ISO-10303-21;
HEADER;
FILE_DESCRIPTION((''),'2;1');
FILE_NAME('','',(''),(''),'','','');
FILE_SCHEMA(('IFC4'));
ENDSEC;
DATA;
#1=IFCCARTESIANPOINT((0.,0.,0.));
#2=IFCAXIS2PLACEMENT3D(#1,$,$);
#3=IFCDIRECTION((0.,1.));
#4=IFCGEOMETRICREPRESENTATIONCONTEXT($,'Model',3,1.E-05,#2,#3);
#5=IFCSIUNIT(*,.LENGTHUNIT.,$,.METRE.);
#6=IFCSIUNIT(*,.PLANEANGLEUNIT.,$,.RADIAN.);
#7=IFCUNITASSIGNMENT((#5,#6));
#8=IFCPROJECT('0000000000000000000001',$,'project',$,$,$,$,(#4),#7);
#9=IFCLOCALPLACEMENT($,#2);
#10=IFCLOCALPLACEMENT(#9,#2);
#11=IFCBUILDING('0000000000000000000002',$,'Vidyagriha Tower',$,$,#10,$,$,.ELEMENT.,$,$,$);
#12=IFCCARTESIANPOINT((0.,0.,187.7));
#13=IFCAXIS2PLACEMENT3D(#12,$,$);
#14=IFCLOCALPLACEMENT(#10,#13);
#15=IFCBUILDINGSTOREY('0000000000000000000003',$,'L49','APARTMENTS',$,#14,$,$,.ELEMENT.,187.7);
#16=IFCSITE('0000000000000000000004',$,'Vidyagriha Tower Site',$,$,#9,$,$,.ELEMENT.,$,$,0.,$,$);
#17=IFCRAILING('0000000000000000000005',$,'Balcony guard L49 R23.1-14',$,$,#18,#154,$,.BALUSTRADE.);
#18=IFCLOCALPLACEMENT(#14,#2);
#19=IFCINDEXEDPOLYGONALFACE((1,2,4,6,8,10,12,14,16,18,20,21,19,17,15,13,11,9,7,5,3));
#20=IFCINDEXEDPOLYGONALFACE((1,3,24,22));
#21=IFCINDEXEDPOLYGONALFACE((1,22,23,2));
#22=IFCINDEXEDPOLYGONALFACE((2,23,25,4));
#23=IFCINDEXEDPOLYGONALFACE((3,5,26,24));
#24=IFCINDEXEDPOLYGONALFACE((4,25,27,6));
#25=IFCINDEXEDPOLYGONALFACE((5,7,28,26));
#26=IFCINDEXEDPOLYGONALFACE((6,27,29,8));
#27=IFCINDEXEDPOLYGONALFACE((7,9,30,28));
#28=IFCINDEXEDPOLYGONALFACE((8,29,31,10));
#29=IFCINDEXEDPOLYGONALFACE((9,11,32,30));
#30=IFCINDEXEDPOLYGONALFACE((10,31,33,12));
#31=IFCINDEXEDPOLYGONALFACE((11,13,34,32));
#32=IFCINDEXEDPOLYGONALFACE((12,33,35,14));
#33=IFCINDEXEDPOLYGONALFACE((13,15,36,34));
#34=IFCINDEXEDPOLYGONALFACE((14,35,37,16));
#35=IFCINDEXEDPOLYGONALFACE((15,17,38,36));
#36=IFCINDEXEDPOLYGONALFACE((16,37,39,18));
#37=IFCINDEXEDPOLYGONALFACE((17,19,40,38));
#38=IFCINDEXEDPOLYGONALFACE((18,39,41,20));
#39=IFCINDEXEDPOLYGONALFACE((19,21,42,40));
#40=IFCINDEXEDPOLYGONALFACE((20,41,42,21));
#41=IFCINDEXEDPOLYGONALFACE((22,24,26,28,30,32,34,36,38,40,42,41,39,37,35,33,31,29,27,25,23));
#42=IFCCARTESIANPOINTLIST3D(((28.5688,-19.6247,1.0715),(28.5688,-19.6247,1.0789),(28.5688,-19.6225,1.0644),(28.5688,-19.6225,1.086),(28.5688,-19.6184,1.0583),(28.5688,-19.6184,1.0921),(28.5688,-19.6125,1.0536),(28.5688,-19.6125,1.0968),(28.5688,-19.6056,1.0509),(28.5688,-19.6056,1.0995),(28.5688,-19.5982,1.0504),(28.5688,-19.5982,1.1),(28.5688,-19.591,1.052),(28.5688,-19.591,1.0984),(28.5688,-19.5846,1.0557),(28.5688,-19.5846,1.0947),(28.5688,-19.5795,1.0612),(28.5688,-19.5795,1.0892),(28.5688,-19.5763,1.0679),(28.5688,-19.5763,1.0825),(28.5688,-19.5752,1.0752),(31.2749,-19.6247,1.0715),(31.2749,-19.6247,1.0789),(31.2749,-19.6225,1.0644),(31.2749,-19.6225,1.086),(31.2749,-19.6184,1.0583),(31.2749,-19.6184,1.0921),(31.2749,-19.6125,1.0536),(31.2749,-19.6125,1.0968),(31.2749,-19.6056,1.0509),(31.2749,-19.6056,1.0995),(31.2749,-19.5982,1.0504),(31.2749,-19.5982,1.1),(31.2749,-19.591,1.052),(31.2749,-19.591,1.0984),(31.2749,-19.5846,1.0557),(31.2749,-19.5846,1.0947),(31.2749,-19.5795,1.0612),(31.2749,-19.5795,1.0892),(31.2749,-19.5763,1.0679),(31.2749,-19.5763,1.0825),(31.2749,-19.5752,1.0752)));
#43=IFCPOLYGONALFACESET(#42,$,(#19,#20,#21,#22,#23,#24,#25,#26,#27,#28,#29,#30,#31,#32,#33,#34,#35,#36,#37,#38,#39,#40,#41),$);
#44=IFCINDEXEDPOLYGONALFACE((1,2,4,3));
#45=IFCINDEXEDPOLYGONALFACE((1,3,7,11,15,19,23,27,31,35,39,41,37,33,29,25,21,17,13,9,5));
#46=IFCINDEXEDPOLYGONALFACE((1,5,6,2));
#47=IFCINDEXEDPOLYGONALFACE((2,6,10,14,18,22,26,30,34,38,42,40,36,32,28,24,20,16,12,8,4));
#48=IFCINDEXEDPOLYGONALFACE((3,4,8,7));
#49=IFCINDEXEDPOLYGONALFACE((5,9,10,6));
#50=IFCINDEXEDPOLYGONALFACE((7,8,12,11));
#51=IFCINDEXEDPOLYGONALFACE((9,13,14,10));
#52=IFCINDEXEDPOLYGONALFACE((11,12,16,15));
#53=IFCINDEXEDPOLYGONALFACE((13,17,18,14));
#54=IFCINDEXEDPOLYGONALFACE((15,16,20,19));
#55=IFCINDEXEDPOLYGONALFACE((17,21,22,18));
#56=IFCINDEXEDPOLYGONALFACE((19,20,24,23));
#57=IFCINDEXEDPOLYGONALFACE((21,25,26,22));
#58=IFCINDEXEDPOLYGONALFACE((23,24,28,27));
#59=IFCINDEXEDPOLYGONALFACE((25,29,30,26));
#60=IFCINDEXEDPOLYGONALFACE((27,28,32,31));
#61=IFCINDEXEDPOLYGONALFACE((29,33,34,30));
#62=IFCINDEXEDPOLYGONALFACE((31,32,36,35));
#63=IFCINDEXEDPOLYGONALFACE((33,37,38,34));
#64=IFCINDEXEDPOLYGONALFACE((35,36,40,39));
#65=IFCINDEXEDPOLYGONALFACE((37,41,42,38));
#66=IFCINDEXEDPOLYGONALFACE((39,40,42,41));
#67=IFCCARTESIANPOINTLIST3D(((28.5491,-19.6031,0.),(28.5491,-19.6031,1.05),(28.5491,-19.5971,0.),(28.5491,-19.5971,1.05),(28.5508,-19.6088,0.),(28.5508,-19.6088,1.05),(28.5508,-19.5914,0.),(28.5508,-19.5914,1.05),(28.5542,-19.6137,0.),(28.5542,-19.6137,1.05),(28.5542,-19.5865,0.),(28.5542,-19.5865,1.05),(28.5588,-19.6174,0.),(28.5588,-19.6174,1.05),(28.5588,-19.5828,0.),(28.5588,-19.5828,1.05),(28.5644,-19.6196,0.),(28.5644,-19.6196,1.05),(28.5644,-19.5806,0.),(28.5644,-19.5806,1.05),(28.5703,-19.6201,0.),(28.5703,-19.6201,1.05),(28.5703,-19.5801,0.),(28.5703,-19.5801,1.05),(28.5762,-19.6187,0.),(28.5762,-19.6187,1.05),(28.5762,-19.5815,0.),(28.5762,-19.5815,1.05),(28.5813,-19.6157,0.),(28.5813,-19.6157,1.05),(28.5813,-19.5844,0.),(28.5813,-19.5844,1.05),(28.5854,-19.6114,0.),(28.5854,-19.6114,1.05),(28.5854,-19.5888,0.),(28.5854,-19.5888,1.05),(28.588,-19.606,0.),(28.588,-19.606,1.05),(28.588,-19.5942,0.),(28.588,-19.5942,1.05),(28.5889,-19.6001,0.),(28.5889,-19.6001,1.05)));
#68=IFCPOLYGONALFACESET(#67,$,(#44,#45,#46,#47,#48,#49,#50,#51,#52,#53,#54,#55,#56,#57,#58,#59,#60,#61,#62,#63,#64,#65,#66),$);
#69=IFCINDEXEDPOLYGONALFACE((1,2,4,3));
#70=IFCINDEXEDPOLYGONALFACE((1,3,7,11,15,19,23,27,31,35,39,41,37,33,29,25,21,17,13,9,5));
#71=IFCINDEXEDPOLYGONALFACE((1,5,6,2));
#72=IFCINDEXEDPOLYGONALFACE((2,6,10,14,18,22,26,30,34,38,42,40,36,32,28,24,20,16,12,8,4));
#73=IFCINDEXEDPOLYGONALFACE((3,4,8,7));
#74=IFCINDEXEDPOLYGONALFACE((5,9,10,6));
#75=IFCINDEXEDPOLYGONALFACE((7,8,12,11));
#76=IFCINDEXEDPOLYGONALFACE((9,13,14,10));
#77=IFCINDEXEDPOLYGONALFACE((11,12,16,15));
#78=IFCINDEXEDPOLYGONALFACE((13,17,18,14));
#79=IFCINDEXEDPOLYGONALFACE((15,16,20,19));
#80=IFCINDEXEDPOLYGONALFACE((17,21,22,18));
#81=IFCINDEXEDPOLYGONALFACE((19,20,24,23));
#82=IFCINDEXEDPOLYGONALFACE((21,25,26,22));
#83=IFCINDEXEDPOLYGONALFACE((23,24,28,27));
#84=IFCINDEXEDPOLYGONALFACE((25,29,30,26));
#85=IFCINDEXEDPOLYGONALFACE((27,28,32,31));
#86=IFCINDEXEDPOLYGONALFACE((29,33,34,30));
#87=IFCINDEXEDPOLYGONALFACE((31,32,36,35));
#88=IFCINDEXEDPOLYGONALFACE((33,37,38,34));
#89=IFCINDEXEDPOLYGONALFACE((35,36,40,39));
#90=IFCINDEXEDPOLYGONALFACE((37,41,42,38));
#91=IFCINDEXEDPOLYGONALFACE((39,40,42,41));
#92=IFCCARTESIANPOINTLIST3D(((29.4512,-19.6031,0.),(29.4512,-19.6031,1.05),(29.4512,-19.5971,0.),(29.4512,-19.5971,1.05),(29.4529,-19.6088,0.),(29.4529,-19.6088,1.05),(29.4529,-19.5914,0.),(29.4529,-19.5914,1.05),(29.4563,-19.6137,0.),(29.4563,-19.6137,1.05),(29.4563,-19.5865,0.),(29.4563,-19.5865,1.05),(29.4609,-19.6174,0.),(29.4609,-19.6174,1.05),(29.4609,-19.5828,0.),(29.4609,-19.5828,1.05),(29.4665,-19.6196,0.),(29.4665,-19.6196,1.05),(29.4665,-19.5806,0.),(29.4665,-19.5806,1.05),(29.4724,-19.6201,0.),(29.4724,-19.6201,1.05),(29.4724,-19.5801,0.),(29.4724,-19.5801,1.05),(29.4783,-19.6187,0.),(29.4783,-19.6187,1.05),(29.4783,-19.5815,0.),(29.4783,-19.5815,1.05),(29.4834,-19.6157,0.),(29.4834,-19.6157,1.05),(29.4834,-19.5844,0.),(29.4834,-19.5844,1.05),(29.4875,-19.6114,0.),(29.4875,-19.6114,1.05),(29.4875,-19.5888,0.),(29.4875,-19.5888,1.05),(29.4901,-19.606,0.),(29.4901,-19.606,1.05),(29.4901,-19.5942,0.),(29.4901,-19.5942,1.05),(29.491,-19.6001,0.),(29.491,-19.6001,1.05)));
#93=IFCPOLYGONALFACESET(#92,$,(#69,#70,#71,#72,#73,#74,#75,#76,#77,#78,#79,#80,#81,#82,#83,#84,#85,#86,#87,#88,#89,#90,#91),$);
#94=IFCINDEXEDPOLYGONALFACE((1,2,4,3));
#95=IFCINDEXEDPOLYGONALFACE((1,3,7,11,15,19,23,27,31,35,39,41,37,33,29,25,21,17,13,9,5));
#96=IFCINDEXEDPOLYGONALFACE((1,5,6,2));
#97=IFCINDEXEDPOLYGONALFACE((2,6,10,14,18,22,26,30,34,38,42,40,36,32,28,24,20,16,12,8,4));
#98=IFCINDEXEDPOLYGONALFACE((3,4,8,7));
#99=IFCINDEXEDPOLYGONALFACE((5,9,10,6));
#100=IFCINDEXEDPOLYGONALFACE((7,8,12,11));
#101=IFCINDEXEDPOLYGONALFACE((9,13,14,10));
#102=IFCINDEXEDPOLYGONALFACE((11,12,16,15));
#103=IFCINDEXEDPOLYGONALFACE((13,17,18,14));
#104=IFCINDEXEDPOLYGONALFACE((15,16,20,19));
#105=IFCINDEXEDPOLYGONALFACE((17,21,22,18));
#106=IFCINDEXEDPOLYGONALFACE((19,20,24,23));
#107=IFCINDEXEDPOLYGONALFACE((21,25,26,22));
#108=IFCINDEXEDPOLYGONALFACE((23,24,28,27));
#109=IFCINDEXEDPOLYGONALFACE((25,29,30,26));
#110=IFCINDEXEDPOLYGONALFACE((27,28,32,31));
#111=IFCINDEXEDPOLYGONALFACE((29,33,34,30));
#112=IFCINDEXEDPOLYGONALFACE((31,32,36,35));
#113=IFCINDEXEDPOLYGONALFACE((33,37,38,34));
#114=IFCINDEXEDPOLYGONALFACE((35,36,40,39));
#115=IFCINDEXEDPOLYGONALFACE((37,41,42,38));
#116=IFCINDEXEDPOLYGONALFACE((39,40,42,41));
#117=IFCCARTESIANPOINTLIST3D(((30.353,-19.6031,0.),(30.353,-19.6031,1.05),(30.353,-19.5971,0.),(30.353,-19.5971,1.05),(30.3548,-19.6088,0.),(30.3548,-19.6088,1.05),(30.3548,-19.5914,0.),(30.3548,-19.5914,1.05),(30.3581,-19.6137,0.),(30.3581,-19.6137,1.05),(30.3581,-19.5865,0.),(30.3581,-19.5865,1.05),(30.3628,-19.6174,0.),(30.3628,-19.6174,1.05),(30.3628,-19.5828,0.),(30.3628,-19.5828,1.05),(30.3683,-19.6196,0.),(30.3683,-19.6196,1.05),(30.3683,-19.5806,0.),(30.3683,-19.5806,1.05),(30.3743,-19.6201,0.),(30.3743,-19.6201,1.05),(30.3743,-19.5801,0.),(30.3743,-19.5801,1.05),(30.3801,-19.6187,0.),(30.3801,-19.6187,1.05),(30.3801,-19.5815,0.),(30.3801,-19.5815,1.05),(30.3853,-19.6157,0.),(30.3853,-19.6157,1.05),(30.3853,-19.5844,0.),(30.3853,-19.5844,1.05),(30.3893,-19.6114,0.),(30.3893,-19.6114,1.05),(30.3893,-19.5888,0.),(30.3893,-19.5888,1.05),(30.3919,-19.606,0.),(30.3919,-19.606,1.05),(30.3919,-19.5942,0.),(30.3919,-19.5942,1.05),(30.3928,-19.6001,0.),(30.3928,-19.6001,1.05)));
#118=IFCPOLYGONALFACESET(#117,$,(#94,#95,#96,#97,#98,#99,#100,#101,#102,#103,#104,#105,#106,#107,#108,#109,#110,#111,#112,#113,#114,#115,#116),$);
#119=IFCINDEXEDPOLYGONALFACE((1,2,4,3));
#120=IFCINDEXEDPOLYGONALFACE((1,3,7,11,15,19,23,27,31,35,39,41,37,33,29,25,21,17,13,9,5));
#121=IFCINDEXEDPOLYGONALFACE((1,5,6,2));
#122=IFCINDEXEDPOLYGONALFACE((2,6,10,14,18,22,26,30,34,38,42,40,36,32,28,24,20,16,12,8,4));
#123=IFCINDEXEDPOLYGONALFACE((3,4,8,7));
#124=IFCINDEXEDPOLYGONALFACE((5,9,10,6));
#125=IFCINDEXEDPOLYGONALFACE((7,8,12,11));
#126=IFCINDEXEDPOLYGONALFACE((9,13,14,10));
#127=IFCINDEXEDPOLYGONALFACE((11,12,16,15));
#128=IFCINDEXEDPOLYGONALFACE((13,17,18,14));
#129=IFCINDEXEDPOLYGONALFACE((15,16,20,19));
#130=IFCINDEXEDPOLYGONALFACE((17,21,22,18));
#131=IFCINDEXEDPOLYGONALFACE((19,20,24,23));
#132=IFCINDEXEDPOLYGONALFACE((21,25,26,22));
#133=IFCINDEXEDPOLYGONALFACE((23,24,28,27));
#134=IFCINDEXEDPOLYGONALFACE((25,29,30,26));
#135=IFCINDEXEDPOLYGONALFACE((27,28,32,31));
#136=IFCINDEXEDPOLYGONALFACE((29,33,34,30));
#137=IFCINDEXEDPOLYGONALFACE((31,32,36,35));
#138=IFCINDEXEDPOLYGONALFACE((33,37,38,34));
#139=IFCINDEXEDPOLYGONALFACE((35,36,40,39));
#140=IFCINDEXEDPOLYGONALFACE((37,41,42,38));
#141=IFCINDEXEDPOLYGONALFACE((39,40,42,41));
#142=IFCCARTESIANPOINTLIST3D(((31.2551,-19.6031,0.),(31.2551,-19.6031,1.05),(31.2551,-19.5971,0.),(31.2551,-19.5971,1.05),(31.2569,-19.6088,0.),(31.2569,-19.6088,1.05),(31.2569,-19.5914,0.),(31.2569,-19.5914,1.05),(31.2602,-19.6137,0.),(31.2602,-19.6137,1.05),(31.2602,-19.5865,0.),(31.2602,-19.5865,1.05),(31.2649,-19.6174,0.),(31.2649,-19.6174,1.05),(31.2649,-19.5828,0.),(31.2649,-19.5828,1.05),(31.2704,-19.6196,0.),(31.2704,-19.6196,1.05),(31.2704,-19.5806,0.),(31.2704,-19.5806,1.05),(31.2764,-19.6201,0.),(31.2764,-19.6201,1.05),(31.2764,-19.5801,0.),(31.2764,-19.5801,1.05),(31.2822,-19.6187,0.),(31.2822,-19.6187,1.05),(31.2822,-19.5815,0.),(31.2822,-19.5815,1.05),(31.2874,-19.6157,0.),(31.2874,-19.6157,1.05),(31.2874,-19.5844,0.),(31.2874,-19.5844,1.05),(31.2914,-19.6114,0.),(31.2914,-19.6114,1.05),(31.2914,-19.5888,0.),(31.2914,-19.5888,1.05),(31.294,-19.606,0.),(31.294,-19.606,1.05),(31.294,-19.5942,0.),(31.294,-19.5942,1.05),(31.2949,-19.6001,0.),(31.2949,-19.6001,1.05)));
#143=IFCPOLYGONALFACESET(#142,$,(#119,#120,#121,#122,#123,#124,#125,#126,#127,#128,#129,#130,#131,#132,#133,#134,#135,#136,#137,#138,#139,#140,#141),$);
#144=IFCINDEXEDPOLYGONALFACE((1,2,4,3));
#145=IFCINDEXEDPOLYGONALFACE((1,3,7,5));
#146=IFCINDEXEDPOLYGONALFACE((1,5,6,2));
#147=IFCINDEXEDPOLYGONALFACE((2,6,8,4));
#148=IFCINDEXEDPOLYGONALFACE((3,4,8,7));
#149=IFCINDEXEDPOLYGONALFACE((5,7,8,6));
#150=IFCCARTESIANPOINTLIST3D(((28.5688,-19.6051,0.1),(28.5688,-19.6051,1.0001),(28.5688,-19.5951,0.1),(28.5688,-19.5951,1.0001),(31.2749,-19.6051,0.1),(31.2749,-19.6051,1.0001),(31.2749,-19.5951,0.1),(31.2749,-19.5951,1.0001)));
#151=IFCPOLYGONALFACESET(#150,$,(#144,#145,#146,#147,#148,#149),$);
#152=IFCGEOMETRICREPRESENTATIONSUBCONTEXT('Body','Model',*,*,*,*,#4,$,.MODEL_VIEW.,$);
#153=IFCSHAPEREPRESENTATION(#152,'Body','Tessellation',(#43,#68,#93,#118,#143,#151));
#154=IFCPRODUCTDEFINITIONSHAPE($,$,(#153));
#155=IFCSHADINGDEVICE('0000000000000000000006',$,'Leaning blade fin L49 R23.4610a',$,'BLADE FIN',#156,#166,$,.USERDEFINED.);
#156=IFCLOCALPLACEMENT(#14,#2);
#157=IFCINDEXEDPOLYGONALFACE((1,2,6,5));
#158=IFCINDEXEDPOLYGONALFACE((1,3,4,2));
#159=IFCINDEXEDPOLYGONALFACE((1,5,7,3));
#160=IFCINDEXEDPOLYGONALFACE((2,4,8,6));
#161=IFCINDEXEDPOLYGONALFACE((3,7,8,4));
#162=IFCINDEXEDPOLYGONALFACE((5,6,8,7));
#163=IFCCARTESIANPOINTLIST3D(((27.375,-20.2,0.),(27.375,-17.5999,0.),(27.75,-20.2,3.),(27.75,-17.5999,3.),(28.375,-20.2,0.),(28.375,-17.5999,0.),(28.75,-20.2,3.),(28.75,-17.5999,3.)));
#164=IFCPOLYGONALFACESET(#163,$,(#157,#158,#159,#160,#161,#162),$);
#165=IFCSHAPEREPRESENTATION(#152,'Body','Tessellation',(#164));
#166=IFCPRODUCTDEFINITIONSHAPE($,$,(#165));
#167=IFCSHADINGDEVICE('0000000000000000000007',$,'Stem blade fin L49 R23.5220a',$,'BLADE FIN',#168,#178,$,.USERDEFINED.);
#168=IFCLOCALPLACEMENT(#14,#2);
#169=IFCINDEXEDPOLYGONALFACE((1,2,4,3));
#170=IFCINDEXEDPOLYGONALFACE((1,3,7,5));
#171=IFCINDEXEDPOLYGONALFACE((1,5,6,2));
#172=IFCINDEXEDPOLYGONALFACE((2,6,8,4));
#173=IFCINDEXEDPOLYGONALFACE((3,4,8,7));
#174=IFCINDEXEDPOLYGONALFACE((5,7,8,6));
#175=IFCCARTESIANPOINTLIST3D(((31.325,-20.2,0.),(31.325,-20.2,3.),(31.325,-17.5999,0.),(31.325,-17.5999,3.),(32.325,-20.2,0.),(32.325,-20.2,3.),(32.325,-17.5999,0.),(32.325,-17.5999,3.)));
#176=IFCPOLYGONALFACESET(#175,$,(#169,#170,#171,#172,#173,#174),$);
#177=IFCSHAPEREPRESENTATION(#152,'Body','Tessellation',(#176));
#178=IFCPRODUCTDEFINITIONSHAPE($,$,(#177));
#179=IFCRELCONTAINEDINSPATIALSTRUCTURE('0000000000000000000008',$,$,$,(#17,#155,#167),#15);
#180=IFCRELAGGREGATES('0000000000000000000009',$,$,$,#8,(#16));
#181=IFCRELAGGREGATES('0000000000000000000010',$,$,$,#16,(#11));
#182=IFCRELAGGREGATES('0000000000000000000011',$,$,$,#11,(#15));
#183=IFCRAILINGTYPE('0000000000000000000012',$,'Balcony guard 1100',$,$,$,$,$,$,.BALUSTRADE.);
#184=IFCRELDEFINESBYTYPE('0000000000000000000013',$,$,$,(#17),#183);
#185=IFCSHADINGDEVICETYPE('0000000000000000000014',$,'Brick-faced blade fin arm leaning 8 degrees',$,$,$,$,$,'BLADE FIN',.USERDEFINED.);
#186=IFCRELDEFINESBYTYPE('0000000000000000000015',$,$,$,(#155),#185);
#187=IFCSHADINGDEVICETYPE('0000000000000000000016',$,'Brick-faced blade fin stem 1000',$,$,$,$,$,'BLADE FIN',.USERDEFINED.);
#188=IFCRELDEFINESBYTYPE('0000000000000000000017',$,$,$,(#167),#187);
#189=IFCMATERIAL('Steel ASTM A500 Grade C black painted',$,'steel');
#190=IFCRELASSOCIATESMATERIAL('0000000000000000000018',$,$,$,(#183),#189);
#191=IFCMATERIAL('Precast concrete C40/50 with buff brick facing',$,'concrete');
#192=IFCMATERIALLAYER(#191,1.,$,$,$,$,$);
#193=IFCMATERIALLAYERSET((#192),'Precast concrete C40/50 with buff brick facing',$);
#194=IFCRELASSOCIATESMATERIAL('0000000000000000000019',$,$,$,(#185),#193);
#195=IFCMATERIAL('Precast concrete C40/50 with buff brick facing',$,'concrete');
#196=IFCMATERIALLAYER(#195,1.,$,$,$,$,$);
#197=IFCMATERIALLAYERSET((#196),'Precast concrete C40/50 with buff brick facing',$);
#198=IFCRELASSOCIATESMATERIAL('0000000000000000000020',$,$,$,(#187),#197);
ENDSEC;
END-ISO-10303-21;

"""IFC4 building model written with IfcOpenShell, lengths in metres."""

from ifc_helpers import new_model, si_unit, direction, frame, origin, origin_2d, place, context, subcontext, project, spatial, polyline, rectangle, circle, outline, extrude, material, layer, layer_set, type_object, element, save


model = new_model("IFC4")

# Units and contexts
model_context = context("Model", 3, precision=1e-05, world=origin(), true_north=direction((0.0, 1.0)))
body_context = subcontext(model_context, "Body", "Model", "MODEL_VIEW")
ifc_project = project(units=[si_unit("LENGTHUNIT", "METRE"), si_unit("PLANEANGLEUNIT", "RADIAN")], contexts=[model_context])

# Site, building, storey
site_placement = place(None, origin())
site = spatial("IfcSite", under=ifc_project, at=site_placement, Name="Vidyagriha Tower Site", CompositionType="ELEMENT", RefElevation=0.0)
building_placement = place(site_placement, origin())
building = spatial("IfcBuilding", under=site, at=building_placement, Name="Vidyagriha Tower", CompositionType="ELEMENT")
storey_placement = place(building_placement, frame((0.0, 0.0, 187.7)))
storey = spatial("IfcBuildingStorey", under=building, at=storey_placement, Name="L49", Description="APARTMENTS", CompositionType="ELEMENT", Elevation=187.7)

# Railing
ifc_material_1 = material(Name="Steel ASTM A500 Grade C black painted", Category="steel")
railing_type_1 = type_object("IfcRailingType", Name="Balcony guard 1100", PredefinedType="BALUSTRADE", material=ifc_material_1)
railing_1_placement = place(storey_placement, frame((28.5688, -19.6001, 0.0)))
element("IfcRailing", 1, at=railing_1_placement, inside=storey, type_object=railing_type_1, Name="Balcony guard L49 R23.1-14", PredefinedType="BALUSTRADE", context=body_context, shape_type="SweptSolid", body=[
    extrude(circle(Radius=0.0249, at=origin_2d()), frame((0.0, 0.0, 1.0752), z_axis=(1.0, 0.0, 0.0), x_axis=(0.0, 1.0, 0.0)), (0.0, 0.0, 1.0), 2.7061),
    extrude(circle(Radius=0.02, at=origin_2d()), origin(), (0.0, 0.0, 1.0), 1.05),
    extrude(circle(Radius=0.02, at=origin_2d()), frame((0.9021, 0.0, 0.0)), (0.0, 0.0, 1.0), 1.05),
    extrude(circle(Radius=0.02, at=origin_2d()), frame((1.804, 0.0, 0.0)), (0.0, 0.0, 1.0), 1.05),
    extrude(circle(Radius=0.02, at=origin_2d()), frame((2.7061, 0.0, 0.0)), (0.0, 0.0, 1.0), 1.05),
    extrude(rectangle(XDim=0.01, YDim=0.9001, at=origin_2d()), frame((0.0, 0.0, 0.55), z_axis=(1.0, 0.0, 0.0), x_axis=(0.0, 1.0, 0.0)), (0.0, 0.0, 1.0), 2.7061),
])

# Shading devices
ifc_material_2 = material(Name="Precast concrete C40/50 with buff brick facing", Category="concrete")
ifc_layer_1 = layer(ifc_material_2, 1.0)
ifc_layer_set_1 = layer_set([ifc_layer_1], Name="Precast concrete C40/50 with buff brick facing")
shading_device_type_1 = type_object("IfcShadingDeviceType", Name="Brick-faced blade fin arm leaning 8 degrees", ElementType="BLADE FIN", PredefinedType="USERDEFINED", material=ifc_layer_set_1)
shading_device_1_placement = place(storey_placement, frame((27.375, -18.8999, 0.0)))
element("IfcShadingDevice", 2, at=shading_device_1_placement, inside=storey, type_object=shading_device_type_1, Name="Leaning blade fin L49 R23.4610a", ObjectType="BLADE FIN", PredefinedType="USERDEFINED", context=body_context, shape_type="SweptSolid", body=[
    extrude(outline(polyline([(0.0, 0.0), (1.0, 0.0), (1.375, 3.0), (0.375, 3.0), (0.0, 0.0)])), frame((0.0, 1.3, 0.0), z_axis=(0.0, -1.0, 0.0), x_axis=(1.0, 0.0, 0.0)), (0.0, 0.0, 1.0), 2.6001),
])
ifc_material_3 = material(Name="Precast concrete C40/50 with buff brick facing", Category="concrete")
ifc_layer_2 = layer(ifc_material_3, 1.0)
ifc_layer_set_2 = layer_set([ifc_layer_2], Name="Precast concrete C40/50 with buff brick facing")
shading_device_type_2 = type_object("IfcShadingDeviceType", Name="Brick-faced blade fin stem 1000", ElementType="BLADE FIN", PredefinedType="USERDEFINED", material=ifc_layer_set_2)
shading_device_2_placement = place(storey_placement, frame((31.325, -18.8999, 0.0)))
element("IfcShadingDevice", 3, at=shading_device_2_placement, inside=storey, type_object=shading_device_type_2, Name="Stem blade fin L49 R23.5220a", ObjectType="BLADE FIN", PredefinedType="USERDEFINED", context=body_context, shape_type="SweptSolid", body=[
    extrude(outline(polyline([(0.0, 0.0), (1.0, 0.0), (1.0, 3.0), (0.0, 3.0), (0.0, 0.0)])), frame((0.0, 1.3, 0.0), z_axis=(0.0, -1.0, 0.0), x_axis=(1.0, 0.0, 0.0)), (0.0, 0.0, 1.0), 2.6001),
])

save(model, "model.ifc")
